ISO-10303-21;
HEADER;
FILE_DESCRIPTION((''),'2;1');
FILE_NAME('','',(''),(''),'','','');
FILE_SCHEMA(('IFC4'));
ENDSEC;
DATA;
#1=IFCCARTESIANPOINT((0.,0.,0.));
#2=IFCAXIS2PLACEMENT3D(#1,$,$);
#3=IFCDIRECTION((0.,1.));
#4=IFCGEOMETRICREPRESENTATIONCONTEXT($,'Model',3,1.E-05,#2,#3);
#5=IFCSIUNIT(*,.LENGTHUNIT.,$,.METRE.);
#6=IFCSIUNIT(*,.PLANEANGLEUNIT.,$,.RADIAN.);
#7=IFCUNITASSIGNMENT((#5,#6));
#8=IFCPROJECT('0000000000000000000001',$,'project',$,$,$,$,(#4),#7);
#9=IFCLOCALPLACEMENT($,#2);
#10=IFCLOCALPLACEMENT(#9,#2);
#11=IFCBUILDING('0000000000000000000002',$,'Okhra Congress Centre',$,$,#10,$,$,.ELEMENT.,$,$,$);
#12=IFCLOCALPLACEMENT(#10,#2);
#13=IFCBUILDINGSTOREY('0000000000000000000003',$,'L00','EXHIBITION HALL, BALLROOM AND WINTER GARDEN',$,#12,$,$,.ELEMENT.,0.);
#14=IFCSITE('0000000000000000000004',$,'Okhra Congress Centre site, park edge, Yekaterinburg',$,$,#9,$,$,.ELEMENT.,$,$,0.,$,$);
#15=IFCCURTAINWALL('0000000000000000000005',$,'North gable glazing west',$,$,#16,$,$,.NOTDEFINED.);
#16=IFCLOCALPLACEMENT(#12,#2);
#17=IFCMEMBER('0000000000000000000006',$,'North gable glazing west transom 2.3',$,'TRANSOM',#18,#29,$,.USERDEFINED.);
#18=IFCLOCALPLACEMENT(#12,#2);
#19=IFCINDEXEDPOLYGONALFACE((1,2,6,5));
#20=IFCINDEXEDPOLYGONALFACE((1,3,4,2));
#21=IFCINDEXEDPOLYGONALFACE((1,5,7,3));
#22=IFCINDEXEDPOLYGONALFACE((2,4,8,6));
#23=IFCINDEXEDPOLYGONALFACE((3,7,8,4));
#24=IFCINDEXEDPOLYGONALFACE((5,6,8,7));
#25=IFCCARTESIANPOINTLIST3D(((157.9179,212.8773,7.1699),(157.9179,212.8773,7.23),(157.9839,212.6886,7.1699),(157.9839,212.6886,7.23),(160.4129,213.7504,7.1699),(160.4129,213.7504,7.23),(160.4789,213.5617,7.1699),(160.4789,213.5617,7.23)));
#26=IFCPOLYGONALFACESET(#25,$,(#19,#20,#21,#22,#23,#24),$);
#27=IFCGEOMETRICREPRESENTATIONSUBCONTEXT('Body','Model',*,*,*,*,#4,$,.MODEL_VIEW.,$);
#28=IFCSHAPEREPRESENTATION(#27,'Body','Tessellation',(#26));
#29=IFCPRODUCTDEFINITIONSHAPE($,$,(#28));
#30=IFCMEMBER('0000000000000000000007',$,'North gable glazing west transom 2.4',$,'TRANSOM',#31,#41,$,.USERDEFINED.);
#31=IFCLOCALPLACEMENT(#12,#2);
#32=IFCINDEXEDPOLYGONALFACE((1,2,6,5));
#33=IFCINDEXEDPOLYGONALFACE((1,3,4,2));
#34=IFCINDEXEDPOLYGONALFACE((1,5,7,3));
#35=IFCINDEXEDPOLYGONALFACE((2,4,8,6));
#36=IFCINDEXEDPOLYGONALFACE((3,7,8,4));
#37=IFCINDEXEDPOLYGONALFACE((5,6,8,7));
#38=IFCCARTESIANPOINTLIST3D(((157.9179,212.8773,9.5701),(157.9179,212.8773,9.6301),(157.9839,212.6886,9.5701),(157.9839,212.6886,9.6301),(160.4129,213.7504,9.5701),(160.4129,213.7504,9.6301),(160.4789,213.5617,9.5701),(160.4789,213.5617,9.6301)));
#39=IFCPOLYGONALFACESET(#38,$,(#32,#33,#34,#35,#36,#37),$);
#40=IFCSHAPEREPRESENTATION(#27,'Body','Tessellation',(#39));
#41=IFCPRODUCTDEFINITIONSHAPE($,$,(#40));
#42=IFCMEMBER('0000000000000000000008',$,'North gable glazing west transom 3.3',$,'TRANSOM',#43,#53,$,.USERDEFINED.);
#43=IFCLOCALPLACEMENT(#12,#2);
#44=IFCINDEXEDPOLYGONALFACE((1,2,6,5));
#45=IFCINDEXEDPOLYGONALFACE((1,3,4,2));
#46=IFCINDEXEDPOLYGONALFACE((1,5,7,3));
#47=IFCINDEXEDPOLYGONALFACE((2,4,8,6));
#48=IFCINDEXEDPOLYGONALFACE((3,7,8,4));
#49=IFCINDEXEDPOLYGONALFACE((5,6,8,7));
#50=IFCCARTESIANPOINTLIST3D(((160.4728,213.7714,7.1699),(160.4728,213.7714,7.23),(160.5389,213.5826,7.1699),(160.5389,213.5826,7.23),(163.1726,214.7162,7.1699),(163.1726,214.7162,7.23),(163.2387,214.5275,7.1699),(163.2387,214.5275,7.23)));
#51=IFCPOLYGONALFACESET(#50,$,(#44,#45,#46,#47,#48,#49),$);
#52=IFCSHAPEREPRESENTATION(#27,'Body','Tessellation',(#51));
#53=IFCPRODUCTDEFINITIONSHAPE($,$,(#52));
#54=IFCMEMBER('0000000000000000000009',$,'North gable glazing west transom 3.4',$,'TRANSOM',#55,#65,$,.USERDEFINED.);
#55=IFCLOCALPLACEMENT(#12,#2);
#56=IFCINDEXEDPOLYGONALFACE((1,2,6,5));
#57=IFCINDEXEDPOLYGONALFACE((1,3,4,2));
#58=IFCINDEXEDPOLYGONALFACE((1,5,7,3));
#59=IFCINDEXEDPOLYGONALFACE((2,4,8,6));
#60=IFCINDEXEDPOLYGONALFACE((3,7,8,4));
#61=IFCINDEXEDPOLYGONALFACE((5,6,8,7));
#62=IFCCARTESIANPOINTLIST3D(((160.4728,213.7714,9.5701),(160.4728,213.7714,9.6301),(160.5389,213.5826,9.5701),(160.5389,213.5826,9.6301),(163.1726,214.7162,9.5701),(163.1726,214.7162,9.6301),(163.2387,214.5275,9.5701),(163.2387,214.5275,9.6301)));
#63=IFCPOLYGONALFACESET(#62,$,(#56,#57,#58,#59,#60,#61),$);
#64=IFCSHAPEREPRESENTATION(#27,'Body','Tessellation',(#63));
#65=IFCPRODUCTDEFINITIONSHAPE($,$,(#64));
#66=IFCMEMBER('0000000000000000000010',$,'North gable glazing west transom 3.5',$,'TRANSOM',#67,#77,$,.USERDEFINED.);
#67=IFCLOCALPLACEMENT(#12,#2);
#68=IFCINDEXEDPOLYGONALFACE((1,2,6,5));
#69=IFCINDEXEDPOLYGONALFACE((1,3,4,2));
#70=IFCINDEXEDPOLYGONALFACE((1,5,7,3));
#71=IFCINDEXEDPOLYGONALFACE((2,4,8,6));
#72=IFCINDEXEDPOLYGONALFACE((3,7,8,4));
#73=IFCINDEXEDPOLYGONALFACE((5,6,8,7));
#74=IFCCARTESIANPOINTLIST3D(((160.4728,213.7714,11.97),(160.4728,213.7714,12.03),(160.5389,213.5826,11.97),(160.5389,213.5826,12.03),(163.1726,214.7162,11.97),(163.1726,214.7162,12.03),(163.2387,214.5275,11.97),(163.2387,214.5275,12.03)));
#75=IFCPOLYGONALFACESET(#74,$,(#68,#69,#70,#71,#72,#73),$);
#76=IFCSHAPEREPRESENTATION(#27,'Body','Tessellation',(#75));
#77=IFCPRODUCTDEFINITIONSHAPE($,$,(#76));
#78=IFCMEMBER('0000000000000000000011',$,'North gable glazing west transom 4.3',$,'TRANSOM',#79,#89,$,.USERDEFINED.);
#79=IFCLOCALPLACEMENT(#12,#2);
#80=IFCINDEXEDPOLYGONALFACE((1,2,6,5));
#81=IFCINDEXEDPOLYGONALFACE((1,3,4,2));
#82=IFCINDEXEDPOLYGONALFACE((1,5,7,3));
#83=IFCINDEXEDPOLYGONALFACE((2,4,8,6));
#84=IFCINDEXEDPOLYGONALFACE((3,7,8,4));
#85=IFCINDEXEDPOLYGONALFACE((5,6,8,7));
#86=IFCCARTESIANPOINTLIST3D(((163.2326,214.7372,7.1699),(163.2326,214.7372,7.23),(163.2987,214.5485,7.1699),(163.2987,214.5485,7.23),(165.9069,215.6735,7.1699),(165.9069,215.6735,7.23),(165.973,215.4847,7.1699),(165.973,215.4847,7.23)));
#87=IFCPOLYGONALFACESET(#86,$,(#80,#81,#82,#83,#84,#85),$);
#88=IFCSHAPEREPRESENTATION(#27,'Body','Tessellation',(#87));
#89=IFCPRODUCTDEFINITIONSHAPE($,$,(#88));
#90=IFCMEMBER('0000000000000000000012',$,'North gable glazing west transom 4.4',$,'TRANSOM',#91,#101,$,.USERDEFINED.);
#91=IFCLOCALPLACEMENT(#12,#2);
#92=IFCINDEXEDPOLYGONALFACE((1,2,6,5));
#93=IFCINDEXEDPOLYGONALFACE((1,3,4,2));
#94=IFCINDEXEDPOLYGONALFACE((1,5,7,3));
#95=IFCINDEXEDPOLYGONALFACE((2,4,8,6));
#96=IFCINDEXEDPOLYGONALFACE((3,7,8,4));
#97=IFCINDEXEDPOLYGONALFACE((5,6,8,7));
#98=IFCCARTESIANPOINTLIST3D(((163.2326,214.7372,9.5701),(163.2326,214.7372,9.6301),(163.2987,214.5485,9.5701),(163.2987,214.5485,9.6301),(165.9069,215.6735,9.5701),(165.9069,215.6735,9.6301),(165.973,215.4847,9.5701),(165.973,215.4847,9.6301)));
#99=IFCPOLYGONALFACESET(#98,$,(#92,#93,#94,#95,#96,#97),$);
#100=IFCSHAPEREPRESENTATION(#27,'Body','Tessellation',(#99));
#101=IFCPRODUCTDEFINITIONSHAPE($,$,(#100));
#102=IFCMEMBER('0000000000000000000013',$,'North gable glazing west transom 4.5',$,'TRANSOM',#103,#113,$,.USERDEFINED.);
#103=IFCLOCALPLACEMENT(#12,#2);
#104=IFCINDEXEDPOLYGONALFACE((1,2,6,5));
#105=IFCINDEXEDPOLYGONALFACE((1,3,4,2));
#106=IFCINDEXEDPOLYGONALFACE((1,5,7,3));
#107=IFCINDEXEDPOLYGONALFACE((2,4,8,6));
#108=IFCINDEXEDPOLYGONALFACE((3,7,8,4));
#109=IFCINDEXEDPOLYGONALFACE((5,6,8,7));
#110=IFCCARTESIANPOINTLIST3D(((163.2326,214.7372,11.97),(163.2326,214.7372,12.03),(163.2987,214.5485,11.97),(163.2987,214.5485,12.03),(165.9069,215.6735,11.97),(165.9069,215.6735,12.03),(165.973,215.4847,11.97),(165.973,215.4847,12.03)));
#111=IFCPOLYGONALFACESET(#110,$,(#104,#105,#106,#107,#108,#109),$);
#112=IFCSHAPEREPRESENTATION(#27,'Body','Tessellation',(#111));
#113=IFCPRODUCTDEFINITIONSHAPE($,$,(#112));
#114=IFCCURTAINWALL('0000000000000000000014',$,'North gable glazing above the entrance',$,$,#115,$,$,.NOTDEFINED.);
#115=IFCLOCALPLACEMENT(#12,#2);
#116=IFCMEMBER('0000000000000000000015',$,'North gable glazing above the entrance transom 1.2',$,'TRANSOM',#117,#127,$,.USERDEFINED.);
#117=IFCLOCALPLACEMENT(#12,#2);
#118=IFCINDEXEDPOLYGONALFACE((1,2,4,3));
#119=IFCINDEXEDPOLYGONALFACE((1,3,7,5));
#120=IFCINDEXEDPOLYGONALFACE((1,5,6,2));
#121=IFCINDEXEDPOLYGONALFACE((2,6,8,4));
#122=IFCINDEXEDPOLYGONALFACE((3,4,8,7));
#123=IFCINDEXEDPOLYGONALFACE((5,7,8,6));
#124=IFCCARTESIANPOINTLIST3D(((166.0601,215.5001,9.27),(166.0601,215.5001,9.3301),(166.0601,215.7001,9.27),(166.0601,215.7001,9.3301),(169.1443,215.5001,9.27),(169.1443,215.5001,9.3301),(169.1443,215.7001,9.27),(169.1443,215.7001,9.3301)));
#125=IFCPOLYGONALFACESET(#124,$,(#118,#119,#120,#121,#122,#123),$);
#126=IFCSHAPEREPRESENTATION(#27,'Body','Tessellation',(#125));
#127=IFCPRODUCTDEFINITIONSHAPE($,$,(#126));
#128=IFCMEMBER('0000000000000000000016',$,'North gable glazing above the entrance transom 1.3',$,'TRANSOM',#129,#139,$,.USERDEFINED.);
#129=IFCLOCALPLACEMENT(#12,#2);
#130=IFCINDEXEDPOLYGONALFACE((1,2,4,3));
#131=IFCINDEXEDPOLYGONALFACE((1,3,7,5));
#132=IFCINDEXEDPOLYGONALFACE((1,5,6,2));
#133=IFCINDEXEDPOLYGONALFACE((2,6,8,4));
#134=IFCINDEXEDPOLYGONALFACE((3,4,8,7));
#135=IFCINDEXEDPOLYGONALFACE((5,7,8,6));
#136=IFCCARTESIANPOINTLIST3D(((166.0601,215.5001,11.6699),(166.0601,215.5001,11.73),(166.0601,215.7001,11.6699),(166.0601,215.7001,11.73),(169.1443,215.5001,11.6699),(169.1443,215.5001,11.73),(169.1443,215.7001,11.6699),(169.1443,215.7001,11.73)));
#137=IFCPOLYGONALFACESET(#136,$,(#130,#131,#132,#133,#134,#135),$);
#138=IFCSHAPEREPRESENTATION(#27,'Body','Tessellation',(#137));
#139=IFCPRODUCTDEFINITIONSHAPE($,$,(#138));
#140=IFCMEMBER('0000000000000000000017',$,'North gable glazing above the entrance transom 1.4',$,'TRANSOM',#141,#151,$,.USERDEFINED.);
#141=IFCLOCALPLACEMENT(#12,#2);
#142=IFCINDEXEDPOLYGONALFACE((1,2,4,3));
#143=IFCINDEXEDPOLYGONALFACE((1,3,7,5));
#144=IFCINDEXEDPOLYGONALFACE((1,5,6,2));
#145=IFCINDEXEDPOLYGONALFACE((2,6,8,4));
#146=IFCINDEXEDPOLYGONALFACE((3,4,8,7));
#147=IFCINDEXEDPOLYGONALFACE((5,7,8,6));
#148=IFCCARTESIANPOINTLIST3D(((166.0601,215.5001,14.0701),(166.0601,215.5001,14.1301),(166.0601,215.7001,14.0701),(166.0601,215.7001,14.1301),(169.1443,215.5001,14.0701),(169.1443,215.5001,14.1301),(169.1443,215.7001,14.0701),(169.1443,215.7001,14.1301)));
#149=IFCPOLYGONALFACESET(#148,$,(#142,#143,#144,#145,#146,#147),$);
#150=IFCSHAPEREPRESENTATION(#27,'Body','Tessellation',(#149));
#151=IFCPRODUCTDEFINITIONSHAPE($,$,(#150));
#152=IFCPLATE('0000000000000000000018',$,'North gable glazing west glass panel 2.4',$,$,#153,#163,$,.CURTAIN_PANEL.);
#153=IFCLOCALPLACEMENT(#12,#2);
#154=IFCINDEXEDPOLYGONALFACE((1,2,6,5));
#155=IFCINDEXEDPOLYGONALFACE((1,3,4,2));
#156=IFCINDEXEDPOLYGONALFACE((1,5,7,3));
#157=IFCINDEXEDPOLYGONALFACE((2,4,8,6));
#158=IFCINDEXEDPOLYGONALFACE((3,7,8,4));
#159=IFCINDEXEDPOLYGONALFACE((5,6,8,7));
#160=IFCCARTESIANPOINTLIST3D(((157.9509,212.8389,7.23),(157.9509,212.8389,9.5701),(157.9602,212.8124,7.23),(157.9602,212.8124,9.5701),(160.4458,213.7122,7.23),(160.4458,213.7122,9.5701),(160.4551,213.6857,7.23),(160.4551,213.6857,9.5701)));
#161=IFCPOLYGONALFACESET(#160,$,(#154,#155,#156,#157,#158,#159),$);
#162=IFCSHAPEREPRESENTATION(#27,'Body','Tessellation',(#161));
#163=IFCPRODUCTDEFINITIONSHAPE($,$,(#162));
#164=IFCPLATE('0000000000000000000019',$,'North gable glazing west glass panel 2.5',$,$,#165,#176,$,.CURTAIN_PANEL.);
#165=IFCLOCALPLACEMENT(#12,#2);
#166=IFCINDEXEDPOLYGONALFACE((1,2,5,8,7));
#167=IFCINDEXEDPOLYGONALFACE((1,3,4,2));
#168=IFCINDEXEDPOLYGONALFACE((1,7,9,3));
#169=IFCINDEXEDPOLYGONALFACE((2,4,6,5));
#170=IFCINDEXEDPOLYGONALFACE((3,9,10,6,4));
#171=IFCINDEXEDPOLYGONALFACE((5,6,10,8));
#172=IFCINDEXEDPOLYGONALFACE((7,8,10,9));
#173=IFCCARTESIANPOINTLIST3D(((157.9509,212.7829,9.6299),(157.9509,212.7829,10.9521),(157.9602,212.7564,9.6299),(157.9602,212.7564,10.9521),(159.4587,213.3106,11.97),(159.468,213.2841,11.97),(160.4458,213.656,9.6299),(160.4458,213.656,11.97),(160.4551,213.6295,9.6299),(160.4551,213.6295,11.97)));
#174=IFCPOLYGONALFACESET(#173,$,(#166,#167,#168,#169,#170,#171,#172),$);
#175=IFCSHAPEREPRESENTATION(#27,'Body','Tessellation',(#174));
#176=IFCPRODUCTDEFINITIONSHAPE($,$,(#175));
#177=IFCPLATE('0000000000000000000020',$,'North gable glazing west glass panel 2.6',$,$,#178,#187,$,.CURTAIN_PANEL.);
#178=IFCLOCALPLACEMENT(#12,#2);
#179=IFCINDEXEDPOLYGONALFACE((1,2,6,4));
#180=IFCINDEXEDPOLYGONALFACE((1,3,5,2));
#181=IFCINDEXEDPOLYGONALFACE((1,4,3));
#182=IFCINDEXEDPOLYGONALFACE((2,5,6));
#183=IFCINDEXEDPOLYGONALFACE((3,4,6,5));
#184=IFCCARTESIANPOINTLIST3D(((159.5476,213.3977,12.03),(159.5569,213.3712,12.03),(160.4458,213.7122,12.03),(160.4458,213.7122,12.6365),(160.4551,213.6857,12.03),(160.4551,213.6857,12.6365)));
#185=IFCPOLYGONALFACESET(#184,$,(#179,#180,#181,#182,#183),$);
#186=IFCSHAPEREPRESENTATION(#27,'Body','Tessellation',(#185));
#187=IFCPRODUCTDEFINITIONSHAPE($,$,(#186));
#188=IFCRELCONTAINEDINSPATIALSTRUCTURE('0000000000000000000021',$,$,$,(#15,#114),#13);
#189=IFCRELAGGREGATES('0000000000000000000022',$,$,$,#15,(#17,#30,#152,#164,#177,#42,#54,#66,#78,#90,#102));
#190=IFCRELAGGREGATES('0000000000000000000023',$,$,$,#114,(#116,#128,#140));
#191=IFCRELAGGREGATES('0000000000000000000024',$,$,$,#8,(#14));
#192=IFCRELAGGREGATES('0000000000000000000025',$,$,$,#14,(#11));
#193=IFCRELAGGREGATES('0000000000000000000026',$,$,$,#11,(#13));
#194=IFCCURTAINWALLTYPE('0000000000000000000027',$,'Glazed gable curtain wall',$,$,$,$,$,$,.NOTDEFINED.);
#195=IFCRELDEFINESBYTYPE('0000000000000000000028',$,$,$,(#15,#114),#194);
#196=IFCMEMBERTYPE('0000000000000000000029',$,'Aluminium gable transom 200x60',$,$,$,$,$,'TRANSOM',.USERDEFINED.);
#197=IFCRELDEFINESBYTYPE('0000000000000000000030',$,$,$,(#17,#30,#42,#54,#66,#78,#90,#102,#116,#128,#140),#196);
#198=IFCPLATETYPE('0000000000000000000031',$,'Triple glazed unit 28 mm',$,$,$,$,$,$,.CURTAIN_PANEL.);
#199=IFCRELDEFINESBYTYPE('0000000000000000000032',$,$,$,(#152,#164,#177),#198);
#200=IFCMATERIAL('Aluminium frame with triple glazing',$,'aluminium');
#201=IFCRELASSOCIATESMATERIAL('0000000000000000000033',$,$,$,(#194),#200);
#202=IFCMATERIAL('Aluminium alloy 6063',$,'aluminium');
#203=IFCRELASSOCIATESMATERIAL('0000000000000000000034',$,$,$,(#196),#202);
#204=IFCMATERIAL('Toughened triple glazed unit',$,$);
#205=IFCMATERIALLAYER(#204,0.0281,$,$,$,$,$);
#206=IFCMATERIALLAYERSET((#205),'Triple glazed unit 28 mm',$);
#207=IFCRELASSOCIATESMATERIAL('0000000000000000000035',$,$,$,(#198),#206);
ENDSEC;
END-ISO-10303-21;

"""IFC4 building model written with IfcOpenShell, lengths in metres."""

from ifc_helpers import new_model, si_unit, direction, frame, origin, origin_2d, place, context, subcontext, project, spatial, polyline, rectangle, outline, extrude, material, layer, layer_set, material_profile, profile_set, type_object, element, aggregate, save


model = new_model("IFC4")

# Units and contexts
model_context = context("Model", 3, precision=1e-05, world=origin(), true_north=direction((0.0, 1.0)))
body_context = subcontext(model_context, "Body", "Model", "MODEL_VIEW")
ifc_project = project(units=[si_unit("LENGTHUNIT", "METRE"), si_unit("PLANEANGLEUNIT", "RADIAN")], contexts=[model_context])

# Site, building, storey
site_placement = place(None, origin())
site = spatial("IfcSite", under=ifc_project, at=site_placement, Name="Okhra Congress Centre site, park edge, Yekaterinburg", CompositionType="ELEMENT", RefElevation=0.0)
building_placement = place(site_placement, origin())
building = spatial("IfcBuilding", under=site, at=building_placement, Name="Okhra Congress Centre", CompositionType="ELEMENT")
storey_placement = place(building_placement, origin())
storey = spatial("IfcBuildingStorey", under=building, at=storey_placement, Name="L00", Description="EXHIBITION HALL, BALLROOM AND WINTER GARDEN", CompositionType="ELEMENT", Elevation=0.0)

# Curtain walls, members
ifc_material_1 = material(Name="Aluminium frame with triple glazing", Category="aluminium")
curtain_wall_type = type_object("IfcCurtainWallType", Name="Glazed gable curtain wall", PredefinedType="NOTDEFINED", material=ifc_material_1)
curtain_wall_1_placement = place(storey_placement, origin())
curtain_wall_1 = element("IfcCurtainWall", 1, at=curtain_wall_1_placement, inside=storey, type_object=curtain_wall_type, Name="North gable glazing west", PredefinedType="NOTDEFINED")
ifc_material_2 = material(Name="Aluminium alloy 6063", Category="aluminium")
ifc_material_profile = material_profile(ifc_material_2, rectangle(XDim=0.2, YDim=0.0601, at=origin_2d()), Name="AL 200x60 gable transom")
ifc_profile_set = profile_set([ifc_material_profile], Name="Aluminium alloy 6063")
member_type = type_object("IfcMemberType", Name="Aluminium gable transom 200x60", ElementType="TRANSOM", PredefinedType="USERDEFINED", material=ifc_profile_set)
member_1_placement = place(storey_placement, frame((157.9509, 212.783, 7.2), z_axis=(0.943877, 0.330297, 0.0), x_axis=(-0.330297, 0.943877, 0.0)))
member_1 = element("IfcMember", 2, at=member_1_placement, type_object=member_type, Name="North gable glazing west transom 2.3", ObjectType="TRANSOM", PredefinedType="USERDEFINED", context=body_context, shape_type="SweptSolid", body=[
    extrude(rectangle(XDim=0.2, YDim=0.0601, at=origin_2d()), origin(), (0.0, 0.0, 1.0), 2.6433),
])
member_2_placement = place(storey_placement, frame((157.9509, 212.783, 9.6001), z_axis=(0.943877, 0.330297, 0.0), x_axis=(-0.330297, 0.943877, 0.0)))
member_2 = element("IfcMember", 3, at=member_2_placement, type_object=member_type, Name="North gable glazing west transom 2.4", ObjectType="TRANSOM", PredefinedType="USERDEFINED", context=body_context, shape_type="SweptSolid", body=[
    extrude(rectangle(XDim=0.2, YDim=0.0601, at=origin_2d()), origin(), (0.0, 0.0, 1.0), 2.6433),
])
member_3_placement = place(storey_placement, frame((160.5059, 213.677, 7.2), z_axis=(0.943866, 0.330328, 0.0), x_axis=(-0.330328, 0.943866, 0.0)))
member_3 = element("IfcMember", 4, at=member_3_placement, type_object=member_type, Name="North gable glazing west transom 3.3", ObjectType="TRANSOM", PredefinedType="USERDEFINED", context=body_context, shape_type="SweptSolid", body=[
    extrude(rectangle(XDim=0.2, YDim=0.0601, at=origin_2d()), origin(), (0.0, 0.0, 1.0), 2.8604),
])
member_4_placement = place(storey_placement, frame((160.5059, 213.677, 9.6001), z_axis=(0.943866, 0.330328, 0.0), x_axis=(-0.330328, 0.943866, 0.0)))
member_4 = element("IfcMember", 5, at=member_4_placement, type_object=member_type, Name="North gable glazing west transom 3.4", ObjectType="TRANSOM", PredefinedType="USERDEFINED", context=body_context, shape_type="SweptSolid", body=[
    extrude(rectangle(XDim=0.2, YDim=0.0601, at=origin_2d()), origin(), (0.0, 0.0, 1.0), 2.8604),
])
member_5_placement = place(storey_placement, frame((160.5059, 213.677, 12.0), z_axis=(0.943866, 0.330328, 0.0), x_axis=(-0.330328, 0.943866, 0.0)))
member_5 = element("IfcMember", 6, at=member_5_placement, type_object=member_type, Name="North gable glazing west transom 3.5", ObjectType="TRANSOM", PredefinedType="USERDEFINED", context=body_context, shape_type="SweptSolid", body=[
    extrude(rectangle(XDim=0.2, YDim=0.0601, at=origin_2d()), origin(), (0.0, 0.0, 1.0), 2.8604),
])
member_6_placement = place(storey_placement, frame((163.2656, 214.6428, 7.2), z_axis=(0.943829, 0.330435, 0.0), x_axis=(-0.330435, 0.943829, 0.0)))
member_6 = element("IfcMember", 7, at=member_6_placement, type_object=member_type, Name="North gable glazing west transom 4.3", ObjectType="TRANSOM", PredefinedType="USERDEFINED", context=body_context, shape_type="SweptSolid", body=[
    extrude(rectangle(XDim=0.2, YDim=0.0601, at=origin_2d()), origin(), (0.0, 0.0, 1.0), 2.8335),
])
member_7_placement = place(storey_placement, frame((163.2656, 214.6428, 9.6001), z_axis=(0.943829, 0.330435, 0.0), x_axis=(-0.330435, 0.943829, 0.0)))
member_7 = element("IfcMember", 8, at=member_7_placement, type_object=member_type, Name="North gable glazing west transom 4.4", ObjectType="TRANSOM", PredefinedType="USERDEFINED", context=body_context, shape_type="SweptSolid", body=[
    extrude(rectangle(XDim=0.2, YDim=0.0601, at=origin_2d()), origin(), (0.0, 0.0, 1.0), 2.8335),
])
member_8_placement = place(storey_placement, frame((163.2656, 214.6428, 12.0), z_axis=(0.943829, 0.330435, 0.0), x_axis=(-0.330435, 0.943829, 0.0)))
member_8 = element("IfcMember", 9, at=member_8_placement, type_object=member_type, Name="North gable glazing west transom 4.5", ObjectType="TRANSOM", PredefinedType="USERDEFINED", context=body_context, shape_type="SweptSolid", body=[
    extrude(rectangle(XDim=0.2, YDim=0.0601, at=origin_2d()), origin(), (0.0, 0.0, 1.0), 2.8335),
])
curtain_wall_2_placement = place(storey_placement, origin())
curtain_wall_2 = element("IfcCurtainWall", 10, at=curtain_wall_2_placement, inside=storey, type_object=curtain_wall_type, Name="North gable glazing above the entrance", PredefinedType="NOTDEFINED")
member_9_placement = place(storey_placement, frame((166.0601, 215.6001, 9.3), z_axis=(1.0, 0.0, 0.0), x_axis=(0.0, 1.0, 0.0)))
member_9 = element("IfcMember", 11, at=member_9_placement, type_object=member_type, Name="North gable glazing above the entrance transom 1.2", ObjectType="TRANSOM", PredefinedType="USERDEFINED", context=body_context, shape_type="SweptSolid", body=[
    extrude(rectangle(XDim=0.2, YDim=0.0601, at=origin_2d()), origin(), (0.0, 0.0, 1.0), 3.0842),
])
member_10_placement = place(storey_placement, frame((166.0601, 215.6001, 11.7), z_axis=(1.0, 0.0, 0.0), x_axis=(0.0, 1.0, 0.0)))
member_10 = element("IfcMember", 12, at=member_10_placement, type_object=member_type, Name="North gable glazing above the entrance transom 1.3", ObjectType="TRANSOM", PredefinedType="USERDEFINED", context=body_context, shape_type="SweptSolid", body=[
    extrude(rectangle(XDim=0.2, YDim=0.0601, at=origin_2d()), origin(), (0.0, 0.0, 1.0), 3.0842),
])
member_11_placement = place(storey_placement, frame((166.0601, 215.6001, 14.1001), z_axis=(1.0, 0.0, 0.0), x_axis=(0.0, 1.0, 0.0)))
member_11 = element("IfcMember", 13, at=member_11_placement, type_object=member_type, Name="North gable glazing above the entrance transom 1.4", ObjectType="TRANSOM", PredefinedType="USERDEFINED", context=body_context, shape_type="SweptSolid", body=[
    extrude(rectangle(XDim=0.2, YDim=0.0601, at=origin_2d()), origin(), (0.0, 0.0, 1.0), 3.0842),
])

# Plates
ifc_material_3 = material(Name="Toughened triple glazed unit")
ifc_layer = layer(ifc_material_3, 0.0281)
ifc_layer_set = layer_set([ifc_layer], Name="Triple glazed unit 28 mm")
plate_type = type_object("IfcPlateType", Name="Triple glazed unit 28 mm", PredefinedType="CURTAIN_PANEL", material=ifc_layer_set)
plate_1_placement = place(storey_placement, frame((160.4458, 213.7122, 7.23), z_axis=(-0.330379, 0.943848, 0.0), x_axis=(-0.943848, -0.330379, 0.0)))
plate_1 = element("IfcPlate", 14, at=plate_1_placement, type_object=plate_type, Name="North gable glazing west glass panel 2.4", PredefinedType="CURTAIN_PANEL", context=body_context, shape_type="SweptSolid", body=[
    extrude(outline(polyline([(0.0, 0.0), (2.6433, 0.0), (2.6433, 2.3401), (0.0, 2.3401), (0.0, 0.0)])), origin(), (0.0, 0.0, -1.0), 0.0281),
])
plate_2_placement = place(storey_placement, frame((160.4458, 213.656, 9.6299), z_axis=(-0.330301, 0.943876, 0.000012), x_axis=(-0.943876, -0.330301, 0.0)))
plate_2 = element("IfcPlate", 15, at=plate_2_placement, type_object=plate_type, Name="North gable glazing west glass panel 2.5", PredefinedType="CURTAIN_PANEL", context=body_context, shape_type="SweptSolid", body=[
    extrude(outline(polyline([(0.0, 0.0), (2.6432, 0.0), (2.6432, 1.3223), (1.0458, 2.3401), (0.0, 2.3401), (0.0, 0.0)])), origin(), (0.0, 0.0, -1.0), 0.0281),
])
plate_3_placement = place(storey_placement, frame((160.4458, 213.7122, 12.03), z_axis=(-0.33043, 0.94383, 0.0), x_axis=(-0.94383, -0.33043, 0.0)))
plate_3 = element("IfcPlate", 16, at=plate_3_placement, type_object=plate_type, Name="North gable glazing west glass panel 2.6", PredefinedType="CURTAIN_PANEL", context=body_context, shape_type="SweptSolid", body=[
    extrude(outline(polyline([(0.0, 0.0), (0.9516, 0.0), (0.0, 0.6064), (0.0, 0.0)])), origin(), (0.0, 0.0, -1.0), 0.0281),
])
aggregate(curtain_wall_1, [member_1, member_2, plate_1, plate_2, plate_3, member_3, member_4, member_5, member_6, member_7, member_8])
aggregate(curtain_wall_2, [member_9, member_10, member_11])

save(model, "model.ifc")
